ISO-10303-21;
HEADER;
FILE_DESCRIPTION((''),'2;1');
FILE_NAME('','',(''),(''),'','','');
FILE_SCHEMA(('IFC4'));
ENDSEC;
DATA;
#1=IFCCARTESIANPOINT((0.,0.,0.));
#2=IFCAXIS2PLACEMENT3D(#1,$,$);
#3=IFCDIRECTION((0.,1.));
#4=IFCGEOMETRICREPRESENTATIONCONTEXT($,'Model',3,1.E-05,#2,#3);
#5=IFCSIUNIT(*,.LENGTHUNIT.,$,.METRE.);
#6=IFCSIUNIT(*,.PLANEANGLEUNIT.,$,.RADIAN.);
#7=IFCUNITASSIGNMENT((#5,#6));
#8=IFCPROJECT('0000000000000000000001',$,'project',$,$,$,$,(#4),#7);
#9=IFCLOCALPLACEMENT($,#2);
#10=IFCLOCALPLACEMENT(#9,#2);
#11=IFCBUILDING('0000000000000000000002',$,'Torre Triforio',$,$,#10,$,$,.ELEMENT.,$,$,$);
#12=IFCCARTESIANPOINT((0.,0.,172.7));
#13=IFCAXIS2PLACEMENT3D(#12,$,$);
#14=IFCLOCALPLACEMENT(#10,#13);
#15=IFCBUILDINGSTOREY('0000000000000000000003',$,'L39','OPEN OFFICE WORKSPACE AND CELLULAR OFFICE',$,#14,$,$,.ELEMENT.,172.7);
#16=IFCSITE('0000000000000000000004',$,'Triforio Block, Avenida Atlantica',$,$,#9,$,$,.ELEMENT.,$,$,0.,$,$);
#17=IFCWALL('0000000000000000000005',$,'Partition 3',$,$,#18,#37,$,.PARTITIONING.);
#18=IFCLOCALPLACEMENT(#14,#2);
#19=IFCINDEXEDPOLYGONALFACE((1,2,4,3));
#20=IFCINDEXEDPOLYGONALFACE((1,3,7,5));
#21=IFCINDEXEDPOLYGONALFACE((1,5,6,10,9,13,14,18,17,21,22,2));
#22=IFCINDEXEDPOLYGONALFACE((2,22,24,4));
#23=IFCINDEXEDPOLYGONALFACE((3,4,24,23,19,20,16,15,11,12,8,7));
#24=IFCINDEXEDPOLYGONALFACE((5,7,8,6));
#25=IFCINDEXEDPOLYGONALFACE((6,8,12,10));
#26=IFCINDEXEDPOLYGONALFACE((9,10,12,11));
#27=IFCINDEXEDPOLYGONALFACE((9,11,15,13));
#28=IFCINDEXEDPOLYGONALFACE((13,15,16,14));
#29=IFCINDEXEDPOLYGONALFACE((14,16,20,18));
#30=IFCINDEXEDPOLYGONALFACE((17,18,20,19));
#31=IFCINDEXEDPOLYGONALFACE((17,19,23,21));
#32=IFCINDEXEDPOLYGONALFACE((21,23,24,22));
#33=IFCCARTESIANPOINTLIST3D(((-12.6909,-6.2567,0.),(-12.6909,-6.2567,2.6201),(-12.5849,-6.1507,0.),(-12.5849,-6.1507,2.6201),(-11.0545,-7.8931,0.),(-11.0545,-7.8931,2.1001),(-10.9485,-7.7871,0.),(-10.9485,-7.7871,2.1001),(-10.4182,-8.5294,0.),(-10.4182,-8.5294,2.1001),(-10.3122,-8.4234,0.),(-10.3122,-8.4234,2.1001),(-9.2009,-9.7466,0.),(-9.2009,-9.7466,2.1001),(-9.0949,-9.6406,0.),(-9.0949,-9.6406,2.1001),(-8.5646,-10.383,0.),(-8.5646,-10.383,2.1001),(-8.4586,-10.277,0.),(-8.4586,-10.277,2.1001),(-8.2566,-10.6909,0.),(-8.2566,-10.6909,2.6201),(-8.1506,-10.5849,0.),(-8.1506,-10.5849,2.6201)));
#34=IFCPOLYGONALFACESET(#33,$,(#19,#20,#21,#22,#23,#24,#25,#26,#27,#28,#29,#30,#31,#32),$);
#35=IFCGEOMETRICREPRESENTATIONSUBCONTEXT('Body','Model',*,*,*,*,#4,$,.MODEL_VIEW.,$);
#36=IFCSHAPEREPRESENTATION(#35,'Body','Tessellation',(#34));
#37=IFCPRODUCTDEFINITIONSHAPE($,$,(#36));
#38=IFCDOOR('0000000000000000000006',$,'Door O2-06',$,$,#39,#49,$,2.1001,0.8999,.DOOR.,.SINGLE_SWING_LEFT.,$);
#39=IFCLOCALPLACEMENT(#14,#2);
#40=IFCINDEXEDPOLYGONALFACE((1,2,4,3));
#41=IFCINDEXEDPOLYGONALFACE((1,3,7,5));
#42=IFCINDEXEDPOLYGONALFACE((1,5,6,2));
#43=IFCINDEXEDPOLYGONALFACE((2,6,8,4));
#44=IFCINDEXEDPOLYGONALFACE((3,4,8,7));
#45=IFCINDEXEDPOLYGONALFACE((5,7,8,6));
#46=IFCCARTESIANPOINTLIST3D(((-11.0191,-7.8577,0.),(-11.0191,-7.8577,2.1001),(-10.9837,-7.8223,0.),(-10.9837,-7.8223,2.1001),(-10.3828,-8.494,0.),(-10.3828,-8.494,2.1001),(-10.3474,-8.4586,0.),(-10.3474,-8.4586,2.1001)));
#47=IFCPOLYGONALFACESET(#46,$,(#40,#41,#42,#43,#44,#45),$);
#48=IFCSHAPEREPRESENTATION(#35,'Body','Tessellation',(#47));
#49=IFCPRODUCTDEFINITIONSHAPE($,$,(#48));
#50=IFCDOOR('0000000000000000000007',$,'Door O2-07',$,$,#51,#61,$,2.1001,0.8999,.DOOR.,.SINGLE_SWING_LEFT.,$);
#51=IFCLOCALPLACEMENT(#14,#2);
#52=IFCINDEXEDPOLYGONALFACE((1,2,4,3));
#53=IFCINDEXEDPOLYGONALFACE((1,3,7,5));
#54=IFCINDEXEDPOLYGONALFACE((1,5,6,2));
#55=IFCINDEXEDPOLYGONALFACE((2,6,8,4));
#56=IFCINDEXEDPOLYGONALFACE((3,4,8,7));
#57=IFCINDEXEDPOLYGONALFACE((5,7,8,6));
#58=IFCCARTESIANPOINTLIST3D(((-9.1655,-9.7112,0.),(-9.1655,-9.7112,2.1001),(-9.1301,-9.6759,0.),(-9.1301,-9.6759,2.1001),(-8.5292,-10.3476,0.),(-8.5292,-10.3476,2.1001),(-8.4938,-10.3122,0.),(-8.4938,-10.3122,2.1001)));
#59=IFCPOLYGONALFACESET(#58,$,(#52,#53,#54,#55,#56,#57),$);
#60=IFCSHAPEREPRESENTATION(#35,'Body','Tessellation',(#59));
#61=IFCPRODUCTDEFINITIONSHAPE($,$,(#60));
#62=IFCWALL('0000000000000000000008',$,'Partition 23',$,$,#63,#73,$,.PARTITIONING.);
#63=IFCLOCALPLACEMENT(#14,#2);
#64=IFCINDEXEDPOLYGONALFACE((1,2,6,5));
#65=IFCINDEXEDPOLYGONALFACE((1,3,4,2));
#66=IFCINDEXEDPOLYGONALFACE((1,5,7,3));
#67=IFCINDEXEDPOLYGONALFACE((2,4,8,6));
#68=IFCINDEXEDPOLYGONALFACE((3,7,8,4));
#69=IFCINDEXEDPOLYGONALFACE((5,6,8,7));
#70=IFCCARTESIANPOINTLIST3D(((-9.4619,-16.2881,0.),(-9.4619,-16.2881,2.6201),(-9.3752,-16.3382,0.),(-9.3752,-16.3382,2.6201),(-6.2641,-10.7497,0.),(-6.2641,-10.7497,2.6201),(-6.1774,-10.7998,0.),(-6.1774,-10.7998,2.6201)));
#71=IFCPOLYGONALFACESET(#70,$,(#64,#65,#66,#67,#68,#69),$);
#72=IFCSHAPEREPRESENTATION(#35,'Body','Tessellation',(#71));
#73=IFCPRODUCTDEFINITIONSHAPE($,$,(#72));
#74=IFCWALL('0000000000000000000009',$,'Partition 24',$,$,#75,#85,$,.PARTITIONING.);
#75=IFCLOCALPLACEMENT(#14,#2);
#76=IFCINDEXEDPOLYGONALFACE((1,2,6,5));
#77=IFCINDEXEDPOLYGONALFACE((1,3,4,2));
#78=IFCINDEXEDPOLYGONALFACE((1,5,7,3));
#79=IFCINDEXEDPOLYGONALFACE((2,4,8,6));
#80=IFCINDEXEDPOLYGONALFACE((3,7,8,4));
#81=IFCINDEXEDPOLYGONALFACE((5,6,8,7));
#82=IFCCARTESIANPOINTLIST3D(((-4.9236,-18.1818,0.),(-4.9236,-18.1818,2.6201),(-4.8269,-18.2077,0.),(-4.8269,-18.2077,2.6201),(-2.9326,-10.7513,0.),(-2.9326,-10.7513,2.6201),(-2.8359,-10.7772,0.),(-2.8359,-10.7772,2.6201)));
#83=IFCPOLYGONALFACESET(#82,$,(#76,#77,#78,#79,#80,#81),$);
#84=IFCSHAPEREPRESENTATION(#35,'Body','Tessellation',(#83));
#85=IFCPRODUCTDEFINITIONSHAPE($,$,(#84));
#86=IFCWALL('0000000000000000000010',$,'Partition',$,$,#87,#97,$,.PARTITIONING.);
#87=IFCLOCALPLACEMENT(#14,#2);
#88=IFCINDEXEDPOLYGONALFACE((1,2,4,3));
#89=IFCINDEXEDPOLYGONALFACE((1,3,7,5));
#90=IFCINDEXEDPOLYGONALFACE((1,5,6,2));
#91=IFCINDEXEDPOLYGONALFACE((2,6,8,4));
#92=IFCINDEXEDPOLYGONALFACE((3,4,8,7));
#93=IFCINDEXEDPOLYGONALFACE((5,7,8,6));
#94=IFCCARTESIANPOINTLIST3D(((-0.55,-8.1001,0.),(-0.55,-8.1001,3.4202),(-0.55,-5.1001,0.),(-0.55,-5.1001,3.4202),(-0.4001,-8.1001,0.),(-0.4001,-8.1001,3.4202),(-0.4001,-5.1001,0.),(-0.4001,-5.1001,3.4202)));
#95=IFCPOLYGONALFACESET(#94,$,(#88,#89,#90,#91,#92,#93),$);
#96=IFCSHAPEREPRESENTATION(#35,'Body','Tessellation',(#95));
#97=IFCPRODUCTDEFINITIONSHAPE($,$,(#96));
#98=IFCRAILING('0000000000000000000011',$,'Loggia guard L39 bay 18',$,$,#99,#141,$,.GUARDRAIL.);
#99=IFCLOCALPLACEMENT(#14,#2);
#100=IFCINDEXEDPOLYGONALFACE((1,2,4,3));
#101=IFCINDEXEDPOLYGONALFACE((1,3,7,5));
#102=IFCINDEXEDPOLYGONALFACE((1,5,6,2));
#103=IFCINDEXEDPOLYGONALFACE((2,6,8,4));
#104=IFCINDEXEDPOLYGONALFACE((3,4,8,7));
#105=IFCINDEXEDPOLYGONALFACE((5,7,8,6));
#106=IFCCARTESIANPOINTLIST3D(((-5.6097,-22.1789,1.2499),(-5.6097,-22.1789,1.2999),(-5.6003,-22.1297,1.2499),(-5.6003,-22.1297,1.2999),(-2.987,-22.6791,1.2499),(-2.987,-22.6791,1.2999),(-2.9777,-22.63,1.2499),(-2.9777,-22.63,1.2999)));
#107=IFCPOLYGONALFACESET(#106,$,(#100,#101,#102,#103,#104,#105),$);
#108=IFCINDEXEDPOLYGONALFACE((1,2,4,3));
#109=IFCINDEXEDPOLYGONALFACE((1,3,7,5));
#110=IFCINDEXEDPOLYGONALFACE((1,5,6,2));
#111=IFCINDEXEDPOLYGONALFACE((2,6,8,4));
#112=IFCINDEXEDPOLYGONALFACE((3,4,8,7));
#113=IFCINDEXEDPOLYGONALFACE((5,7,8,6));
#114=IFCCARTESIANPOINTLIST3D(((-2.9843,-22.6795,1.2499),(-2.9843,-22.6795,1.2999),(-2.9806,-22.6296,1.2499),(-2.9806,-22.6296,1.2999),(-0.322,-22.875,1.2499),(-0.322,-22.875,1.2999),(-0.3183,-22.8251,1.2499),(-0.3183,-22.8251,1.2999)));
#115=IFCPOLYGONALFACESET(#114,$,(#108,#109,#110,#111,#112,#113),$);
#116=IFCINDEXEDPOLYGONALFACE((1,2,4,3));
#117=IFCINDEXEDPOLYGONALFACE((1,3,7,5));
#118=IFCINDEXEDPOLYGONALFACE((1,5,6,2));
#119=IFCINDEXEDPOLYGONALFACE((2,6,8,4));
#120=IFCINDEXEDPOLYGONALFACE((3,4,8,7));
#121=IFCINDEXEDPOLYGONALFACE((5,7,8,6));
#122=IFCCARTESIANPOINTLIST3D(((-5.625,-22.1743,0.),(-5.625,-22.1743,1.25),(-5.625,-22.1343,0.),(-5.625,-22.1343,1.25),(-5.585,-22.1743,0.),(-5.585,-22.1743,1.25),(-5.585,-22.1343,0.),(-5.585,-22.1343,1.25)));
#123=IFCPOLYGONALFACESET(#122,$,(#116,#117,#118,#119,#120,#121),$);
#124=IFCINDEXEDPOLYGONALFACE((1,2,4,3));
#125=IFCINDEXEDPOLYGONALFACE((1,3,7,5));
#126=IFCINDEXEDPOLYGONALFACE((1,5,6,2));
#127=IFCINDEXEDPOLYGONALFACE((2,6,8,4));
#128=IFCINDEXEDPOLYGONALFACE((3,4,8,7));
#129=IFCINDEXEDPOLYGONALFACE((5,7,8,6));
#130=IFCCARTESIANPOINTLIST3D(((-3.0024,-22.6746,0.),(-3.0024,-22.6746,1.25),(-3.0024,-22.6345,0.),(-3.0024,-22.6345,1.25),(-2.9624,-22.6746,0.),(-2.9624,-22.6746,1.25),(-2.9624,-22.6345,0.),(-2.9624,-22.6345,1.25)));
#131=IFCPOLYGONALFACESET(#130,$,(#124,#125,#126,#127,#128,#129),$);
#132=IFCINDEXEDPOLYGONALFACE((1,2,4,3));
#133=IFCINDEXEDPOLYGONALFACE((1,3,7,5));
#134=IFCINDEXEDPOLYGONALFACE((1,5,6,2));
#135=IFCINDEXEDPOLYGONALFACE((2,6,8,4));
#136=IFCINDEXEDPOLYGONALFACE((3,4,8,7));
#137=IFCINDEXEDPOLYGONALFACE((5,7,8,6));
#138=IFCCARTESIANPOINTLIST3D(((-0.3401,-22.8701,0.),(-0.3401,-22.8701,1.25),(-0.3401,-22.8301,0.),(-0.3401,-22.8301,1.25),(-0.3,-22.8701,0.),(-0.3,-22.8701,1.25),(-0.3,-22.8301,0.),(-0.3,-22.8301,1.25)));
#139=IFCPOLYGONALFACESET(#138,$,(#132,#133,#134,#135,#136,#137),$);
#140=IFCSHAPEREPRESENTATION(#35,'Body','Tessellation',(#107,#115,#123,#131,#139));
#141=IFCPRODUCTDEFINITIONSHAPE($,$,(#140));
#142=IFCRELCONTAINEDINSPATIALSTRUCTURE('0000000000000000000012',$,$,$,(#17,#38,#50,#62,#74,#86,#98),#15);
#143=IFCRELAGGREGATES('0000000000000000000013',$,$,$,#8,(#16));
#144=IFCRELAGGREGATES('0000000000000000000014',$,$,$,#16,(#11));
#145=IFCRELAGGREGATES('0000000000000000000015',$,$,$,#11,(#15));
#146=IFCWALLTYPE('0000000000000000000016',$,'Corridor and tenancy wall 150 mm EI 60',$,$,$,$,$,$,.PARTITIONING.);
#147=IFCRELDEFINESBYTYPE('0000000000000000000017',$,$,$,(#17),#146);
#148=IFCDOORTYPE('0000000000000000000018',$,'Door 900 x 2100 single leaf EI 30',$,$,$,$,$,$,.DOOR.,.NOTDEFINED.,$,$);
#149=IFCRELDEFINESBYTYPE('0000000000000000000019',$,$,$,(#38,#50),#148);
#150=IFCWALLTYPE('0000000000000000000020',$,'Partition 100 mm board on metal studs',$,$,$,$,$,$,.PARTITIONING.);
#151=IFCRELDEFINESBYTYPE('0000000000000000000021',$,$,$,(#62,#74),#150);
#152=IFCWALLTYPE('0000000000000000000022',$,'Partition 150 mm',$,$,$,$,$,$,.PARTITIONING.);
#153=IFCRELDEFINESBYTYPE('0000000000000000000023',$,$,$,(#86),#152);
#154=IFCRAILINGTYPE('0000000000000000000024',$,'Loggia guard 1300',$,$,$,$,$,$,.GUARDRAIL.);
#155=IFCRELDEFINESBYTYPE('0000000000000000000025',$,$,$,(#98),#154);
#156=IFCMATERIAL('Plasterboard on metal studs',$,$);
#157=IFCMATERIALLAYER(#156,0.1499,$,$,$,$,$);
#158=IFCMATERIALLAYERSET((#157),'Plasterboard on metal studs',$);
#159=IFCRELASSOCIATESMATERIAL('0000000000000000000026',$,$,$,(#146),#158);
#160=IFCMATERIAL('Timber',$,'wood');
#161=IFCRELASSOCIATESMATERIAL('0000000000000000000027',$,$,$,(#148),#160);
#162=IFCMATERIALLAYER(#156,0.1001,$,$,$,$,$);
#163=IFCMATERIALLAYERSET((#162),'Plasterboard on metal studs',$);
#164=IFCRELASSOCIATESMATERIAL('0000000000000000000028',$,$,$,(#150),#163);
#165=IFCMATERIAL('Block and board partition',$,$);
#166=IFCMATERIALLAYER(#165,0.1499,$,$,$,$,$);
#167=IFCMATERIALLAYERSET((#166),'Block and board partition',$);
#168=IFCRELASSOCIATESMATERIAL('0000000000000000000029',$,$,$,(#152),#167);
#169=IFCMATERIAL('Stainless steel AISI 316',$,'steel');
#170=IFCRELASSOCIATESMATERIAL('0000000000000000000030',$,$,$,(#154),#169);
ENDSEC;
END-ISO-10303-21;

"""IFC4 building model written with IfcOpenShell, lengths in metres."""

from ifc_helpers import new_model, si_unit, direction, frame, frame_2d, origin, origin_2d, place, context, subcontext, project, spatial, rectangle, extrude, material, layer, layer_set, type_object, element, fill, save


model = new_model("IFC4")

# Units and contexts
model_context = context("Model", 3, precision=1e-05, world=origin(), true_north=direction((0.0, 1.0)))
body_context = subcontext(model_context, "Body", "Model", "MODEL_VIEW")
ifc_project = project(units=[si_unit("LENGTHUNIT", "METRE"), si_unit("PLANEANGLEUNIT", "RADIAN")], contexts=[model_context])

# Site, building, storey
site_placement = place(None, origin())
site = spatial("IfcSite", under=ifc_project, at=site_placement, Name="Triforio Block, Avenida Atlantica", CompositionType="ELEMENT", RefElevation=0.0)
building_placement = place(site_placement, origin())
building = spatial("IfcBuilding", under=site, at=building_placement, Name="Torre Triforio", CompositionType="ELEMENT")
storey_placement = place(building_placement, frame((0.0, 0.0, 172.7)))
storey = spatial("IfcBuildingStorey", under=building, at=storey_placement, Name="L39", Description="OPEN OFFICE WORKSPACE AND CELLULAR OFFICE", CompositionType="ELEMENT", Elevation=172.7)

# Wall, openings, doors
ifc_material_1 = material(Name="Plasterboard on metal studs")
ifc_layer_1 = layer(ifc_material_1, 0.1499)
ifc_layer_set_1 = layer_set([ifc_layer_1], Name="Plasterboard on metal studs")
wall_type_1 = type_object("IfcWallType", Name="Corridor and tenancy wall 150 mm EI 60", PredefinedType="PARTITIONING", material=ifc_layer_set_1)
wall_1_placement = place(storey_placement, frame((-8.2036, -10.6379, 0.0), z_axis=(0.0, 0.0, 1.0), x_axis=(-0.707107, 0.707107, 0.0)))
wall_1 = element("IfcWall", 1, at=wall_1_placement, inside=storey, type_object=wall_type_1, Name="Partition 3", PredefinedType="PARTITIONING", context=body_context, shape_type="SweptSolid", body=[
    extrude(rectangle(XDim=6.271, YDim=0.1499, at=frame_2d((3.1355, 0.0))), origin(), (0.0, 0.0, 1.0), 2.6201),
])
opening_1_placement = place(wall_1_placement, frame((3.0569, 0.0, 0.0)))
opening_1 = element("IfcOpeningElement", 2, at=opening_1_placement, cuts=wall_1, PredefinedType="OPENING", context=body_context, shape_type="SweptSolid", body=[
    extrude(rectangle(XDim=0.8999, YDim=2.1001, at=frame_2d((0.45, 1.05))), frame((0.0, 0.085, 0.0), z_axis=(0.0, -1.0, 0.0), x_axis=(1.0, 0.0, 0.0)), (0.0, 0.0, 1.0), 0.1699),
])
opening_2_placement = place(wall_1_placement, frame((0.4355, 0.0, 0.0)))
opening_2 = element("IfcOpeningElement", 3, at=opening_2_placement, cuts=wall_1, PredefinedType="OPENING", context=body_context, shape_type="SweptSolid", body=[
    extrude(rectangle(XDim=0.8999, YDim=2.1001, at=frame_2d((0.45, 1.05))), frame((0.0, 0.085, 0.0), z_axis=(0.0, -1.0, 0.0), x_axis=(1.0, 0.0, 0.0)), (0.0, 0.0, 1.0), 0.1699),
])
ifc_material_2 = material(Name="Timber", Category="wood")
door_type_1 = type_object("IfcDoorType", Name="Door 900 x 2100 single leaf EI 30", OperationType="NOTDEFINED", PredefinedType="DOOR", material=ifc_material_2)
door_1_placement = place(opening_1_placement, origin())
door_1 = element("IfcDoor", 4, at=door_1_placement, inside=storey, type_object=door_type_1, Name="Door O2-06", OperationType="SINGLE_SWING_LEFT", OverallHeight=2.1001, OverallWidth=0.8999, PredefinedType="DOOR", context=body_context, shape_type="SweptSolid", body=[
    extrude(rectangle(XDim=0.8999, YDim=2.1001, at=frame_2d((0.45, 1.05))), frame((0.0, 0.0249, 0.0), z_axis=(0.0, -1.0, 0.0), x_axis=(1.0, 0.0, 0.0)), (0.0, 0.0, 1.0), 0.05),
])
fill(opening_1, door_1)
door_2_placement = place(opening_2_placement, origin())
door_2 = element("IfcDoor", 5, at=door_2_placement, inside=storey, type_object=door_type_1, Name="Door O2-07", OperationType="SINGLE_SWING_LEFT", OverallHeight=2.1001, OverallWidth=0.8999, PredefinedType="DOOR", context=body_context, shape_type="SweptSolid", body=[
    extrude(rectangle(XDim=0.8999, YDim=2.1001, at=frame_2d((0.45, 1.05))), frame((0.0, 0.0249, 0.0), z_axis=(0.0, -1.0, 0.0), x_axis=(1.0, 0.0, 0.0)), (0.0, 0.0, 1.0), 0.05),
])
fill(opening_2, door_2)

# Walls
ifc_layer_2 = layer(ifc_material_1, 0.1001)
ifc_layer_set_2 = layer_set([ifc_layer_2], Name="Plasterboard on metal studs")
wall_type_2 = type_object("IfcWallType", Name="Partition 100 mm board on metal studs", PredefinedType="PARTITIONING", material=ifc_layer_set_2)
wall_2_placement = place(storey_placement, frame((-6.2207, -10.7747, 0.0), z_axis=(0.0, 0.0, 1.0), x_axis=(-0.500023, -0.866012, 0.0)))
element("IfcWall", 6, at=wall_2_placement, inside=storey, type_object=wall_type_2, Name="Partition 23", PredefinedType="PARTITIONING", context=body_context, shape_type="SweptSolid", body=[
    extrude(rectangle(XDim=6.3953, YDim=0.1001, at=frame_2d((3.1978, 0.0))), origin(), (0.0, 0.0, 1.0), 2.6201),
])
wall_3_placement = place(storey_placement, frame((-2.8843, -10.7644, 0.0), z_axis=(0.0, 0.0, 1.0), x_axis=(-0.258818, -0.965926, 0.0)))
element("IfcWall", 7, at=wall_3_placement, inside=storey, type_object=wall_type_2, Name="Partition 24", PredefinedType="PARTITIONING", context=body_context, shape_type="SweptSolid", body=[
    extrude(rectangle(XDim=7.6926, YDim=0.1001, at=frame_2d((3.8462, 0.0))), origin(), (0.0, 0.0, 1.0), 2.6201),
])
ifc_material_3 = material(Name="Block and board partition")
ifc_layer_3 = layer(ifc_material_3, 0.1499)
ifc_layer_set_3 = layer_set([ifc_layer_3], Name="Block and board partition")
wall_type_3 = type_object("IfcWallType", Name="Partition 150 mm", PredefinedType="PARTITIONING", material=ifc_layer_set_3)
wall_4_placement = place(storey_placement, frame((-0.4751, -8.1001, 0.0), z_axis=(0.0, 0.0, 1.0), x_axis=(0.0, 1.0, 0.0)))
element("IfcWall", 8, at=wall_4_placement, inside=storey, type_object=wall_type_3, Name="Partition", PredefinedType="PARTITIONING", context=body_context, shape_type="SweptSolid", body=[
    extrude(rectangle(XDim=3.0, YDim=0.1499, at=frame_2d((1.5, 0.0))), origin(), (0.0, 0.0, 1.0), 3.4202),
])

# Railing
ifc_material_4 = material(Name="Stainless steel AISI 316", Category="steel")
railing_type = type_object("IfcRailingType", Name="Loggia guard 1300", PredefinedType="GUARDRAIL", material=ifc_material_4)
railing_placement = place(storey_placement, frame((-5.605, -22.1543, 0.0)))
element("IfcRailing", 9, at=railing_placement, inside=storey, type_object=railing_type, Name="Loggia guard L39 bay 18", PredefinedType="GUARDRAIL", context=body_context, shape_type="SweptSolid", body=[
    extrude(rectangle(XDim=0.05, YDim=0.05, at=origin_2d()), frame((0.0, 0.0, 1.2749), z_axis=(0.98229, -0.187368, 0.0), x_axis=(0.187368, 0.98229, 0.0)), (0.0, 0.0, 1.0), 2.6699),
    extrude(rectangle(XDim=0.05, YDim=0.05, at=origin_2d()), frame((2.6226, -0.5002, 1.2749), z_axis=(0.997313, -0.073255, 0.0), x_axis=(0.073255, 0.997313, 0.0)), (0.0, 0.0, 1.0), 2.6694),
    extrude(rectangle(XDim=0.04, YDim=0.04, at=origin_2d()), origin(), (0.0, 0.0, 1.0), 1.25),
    extrude(rectangle(XDim=0.04, YDim=0.04, at=origin_2d()), frame((2.6226, -0.5002, 0.0)), (0.0, 0.0, 1.0), 1.25),
    extrude(rectangle(XDim=0.04, YDim=0.04, at=origin_2d()), frame((5.2849, -0.6958, 0.0)), (0.0, 0.0, 1.0), 1.25),
])

save(model, "model.ifc")
